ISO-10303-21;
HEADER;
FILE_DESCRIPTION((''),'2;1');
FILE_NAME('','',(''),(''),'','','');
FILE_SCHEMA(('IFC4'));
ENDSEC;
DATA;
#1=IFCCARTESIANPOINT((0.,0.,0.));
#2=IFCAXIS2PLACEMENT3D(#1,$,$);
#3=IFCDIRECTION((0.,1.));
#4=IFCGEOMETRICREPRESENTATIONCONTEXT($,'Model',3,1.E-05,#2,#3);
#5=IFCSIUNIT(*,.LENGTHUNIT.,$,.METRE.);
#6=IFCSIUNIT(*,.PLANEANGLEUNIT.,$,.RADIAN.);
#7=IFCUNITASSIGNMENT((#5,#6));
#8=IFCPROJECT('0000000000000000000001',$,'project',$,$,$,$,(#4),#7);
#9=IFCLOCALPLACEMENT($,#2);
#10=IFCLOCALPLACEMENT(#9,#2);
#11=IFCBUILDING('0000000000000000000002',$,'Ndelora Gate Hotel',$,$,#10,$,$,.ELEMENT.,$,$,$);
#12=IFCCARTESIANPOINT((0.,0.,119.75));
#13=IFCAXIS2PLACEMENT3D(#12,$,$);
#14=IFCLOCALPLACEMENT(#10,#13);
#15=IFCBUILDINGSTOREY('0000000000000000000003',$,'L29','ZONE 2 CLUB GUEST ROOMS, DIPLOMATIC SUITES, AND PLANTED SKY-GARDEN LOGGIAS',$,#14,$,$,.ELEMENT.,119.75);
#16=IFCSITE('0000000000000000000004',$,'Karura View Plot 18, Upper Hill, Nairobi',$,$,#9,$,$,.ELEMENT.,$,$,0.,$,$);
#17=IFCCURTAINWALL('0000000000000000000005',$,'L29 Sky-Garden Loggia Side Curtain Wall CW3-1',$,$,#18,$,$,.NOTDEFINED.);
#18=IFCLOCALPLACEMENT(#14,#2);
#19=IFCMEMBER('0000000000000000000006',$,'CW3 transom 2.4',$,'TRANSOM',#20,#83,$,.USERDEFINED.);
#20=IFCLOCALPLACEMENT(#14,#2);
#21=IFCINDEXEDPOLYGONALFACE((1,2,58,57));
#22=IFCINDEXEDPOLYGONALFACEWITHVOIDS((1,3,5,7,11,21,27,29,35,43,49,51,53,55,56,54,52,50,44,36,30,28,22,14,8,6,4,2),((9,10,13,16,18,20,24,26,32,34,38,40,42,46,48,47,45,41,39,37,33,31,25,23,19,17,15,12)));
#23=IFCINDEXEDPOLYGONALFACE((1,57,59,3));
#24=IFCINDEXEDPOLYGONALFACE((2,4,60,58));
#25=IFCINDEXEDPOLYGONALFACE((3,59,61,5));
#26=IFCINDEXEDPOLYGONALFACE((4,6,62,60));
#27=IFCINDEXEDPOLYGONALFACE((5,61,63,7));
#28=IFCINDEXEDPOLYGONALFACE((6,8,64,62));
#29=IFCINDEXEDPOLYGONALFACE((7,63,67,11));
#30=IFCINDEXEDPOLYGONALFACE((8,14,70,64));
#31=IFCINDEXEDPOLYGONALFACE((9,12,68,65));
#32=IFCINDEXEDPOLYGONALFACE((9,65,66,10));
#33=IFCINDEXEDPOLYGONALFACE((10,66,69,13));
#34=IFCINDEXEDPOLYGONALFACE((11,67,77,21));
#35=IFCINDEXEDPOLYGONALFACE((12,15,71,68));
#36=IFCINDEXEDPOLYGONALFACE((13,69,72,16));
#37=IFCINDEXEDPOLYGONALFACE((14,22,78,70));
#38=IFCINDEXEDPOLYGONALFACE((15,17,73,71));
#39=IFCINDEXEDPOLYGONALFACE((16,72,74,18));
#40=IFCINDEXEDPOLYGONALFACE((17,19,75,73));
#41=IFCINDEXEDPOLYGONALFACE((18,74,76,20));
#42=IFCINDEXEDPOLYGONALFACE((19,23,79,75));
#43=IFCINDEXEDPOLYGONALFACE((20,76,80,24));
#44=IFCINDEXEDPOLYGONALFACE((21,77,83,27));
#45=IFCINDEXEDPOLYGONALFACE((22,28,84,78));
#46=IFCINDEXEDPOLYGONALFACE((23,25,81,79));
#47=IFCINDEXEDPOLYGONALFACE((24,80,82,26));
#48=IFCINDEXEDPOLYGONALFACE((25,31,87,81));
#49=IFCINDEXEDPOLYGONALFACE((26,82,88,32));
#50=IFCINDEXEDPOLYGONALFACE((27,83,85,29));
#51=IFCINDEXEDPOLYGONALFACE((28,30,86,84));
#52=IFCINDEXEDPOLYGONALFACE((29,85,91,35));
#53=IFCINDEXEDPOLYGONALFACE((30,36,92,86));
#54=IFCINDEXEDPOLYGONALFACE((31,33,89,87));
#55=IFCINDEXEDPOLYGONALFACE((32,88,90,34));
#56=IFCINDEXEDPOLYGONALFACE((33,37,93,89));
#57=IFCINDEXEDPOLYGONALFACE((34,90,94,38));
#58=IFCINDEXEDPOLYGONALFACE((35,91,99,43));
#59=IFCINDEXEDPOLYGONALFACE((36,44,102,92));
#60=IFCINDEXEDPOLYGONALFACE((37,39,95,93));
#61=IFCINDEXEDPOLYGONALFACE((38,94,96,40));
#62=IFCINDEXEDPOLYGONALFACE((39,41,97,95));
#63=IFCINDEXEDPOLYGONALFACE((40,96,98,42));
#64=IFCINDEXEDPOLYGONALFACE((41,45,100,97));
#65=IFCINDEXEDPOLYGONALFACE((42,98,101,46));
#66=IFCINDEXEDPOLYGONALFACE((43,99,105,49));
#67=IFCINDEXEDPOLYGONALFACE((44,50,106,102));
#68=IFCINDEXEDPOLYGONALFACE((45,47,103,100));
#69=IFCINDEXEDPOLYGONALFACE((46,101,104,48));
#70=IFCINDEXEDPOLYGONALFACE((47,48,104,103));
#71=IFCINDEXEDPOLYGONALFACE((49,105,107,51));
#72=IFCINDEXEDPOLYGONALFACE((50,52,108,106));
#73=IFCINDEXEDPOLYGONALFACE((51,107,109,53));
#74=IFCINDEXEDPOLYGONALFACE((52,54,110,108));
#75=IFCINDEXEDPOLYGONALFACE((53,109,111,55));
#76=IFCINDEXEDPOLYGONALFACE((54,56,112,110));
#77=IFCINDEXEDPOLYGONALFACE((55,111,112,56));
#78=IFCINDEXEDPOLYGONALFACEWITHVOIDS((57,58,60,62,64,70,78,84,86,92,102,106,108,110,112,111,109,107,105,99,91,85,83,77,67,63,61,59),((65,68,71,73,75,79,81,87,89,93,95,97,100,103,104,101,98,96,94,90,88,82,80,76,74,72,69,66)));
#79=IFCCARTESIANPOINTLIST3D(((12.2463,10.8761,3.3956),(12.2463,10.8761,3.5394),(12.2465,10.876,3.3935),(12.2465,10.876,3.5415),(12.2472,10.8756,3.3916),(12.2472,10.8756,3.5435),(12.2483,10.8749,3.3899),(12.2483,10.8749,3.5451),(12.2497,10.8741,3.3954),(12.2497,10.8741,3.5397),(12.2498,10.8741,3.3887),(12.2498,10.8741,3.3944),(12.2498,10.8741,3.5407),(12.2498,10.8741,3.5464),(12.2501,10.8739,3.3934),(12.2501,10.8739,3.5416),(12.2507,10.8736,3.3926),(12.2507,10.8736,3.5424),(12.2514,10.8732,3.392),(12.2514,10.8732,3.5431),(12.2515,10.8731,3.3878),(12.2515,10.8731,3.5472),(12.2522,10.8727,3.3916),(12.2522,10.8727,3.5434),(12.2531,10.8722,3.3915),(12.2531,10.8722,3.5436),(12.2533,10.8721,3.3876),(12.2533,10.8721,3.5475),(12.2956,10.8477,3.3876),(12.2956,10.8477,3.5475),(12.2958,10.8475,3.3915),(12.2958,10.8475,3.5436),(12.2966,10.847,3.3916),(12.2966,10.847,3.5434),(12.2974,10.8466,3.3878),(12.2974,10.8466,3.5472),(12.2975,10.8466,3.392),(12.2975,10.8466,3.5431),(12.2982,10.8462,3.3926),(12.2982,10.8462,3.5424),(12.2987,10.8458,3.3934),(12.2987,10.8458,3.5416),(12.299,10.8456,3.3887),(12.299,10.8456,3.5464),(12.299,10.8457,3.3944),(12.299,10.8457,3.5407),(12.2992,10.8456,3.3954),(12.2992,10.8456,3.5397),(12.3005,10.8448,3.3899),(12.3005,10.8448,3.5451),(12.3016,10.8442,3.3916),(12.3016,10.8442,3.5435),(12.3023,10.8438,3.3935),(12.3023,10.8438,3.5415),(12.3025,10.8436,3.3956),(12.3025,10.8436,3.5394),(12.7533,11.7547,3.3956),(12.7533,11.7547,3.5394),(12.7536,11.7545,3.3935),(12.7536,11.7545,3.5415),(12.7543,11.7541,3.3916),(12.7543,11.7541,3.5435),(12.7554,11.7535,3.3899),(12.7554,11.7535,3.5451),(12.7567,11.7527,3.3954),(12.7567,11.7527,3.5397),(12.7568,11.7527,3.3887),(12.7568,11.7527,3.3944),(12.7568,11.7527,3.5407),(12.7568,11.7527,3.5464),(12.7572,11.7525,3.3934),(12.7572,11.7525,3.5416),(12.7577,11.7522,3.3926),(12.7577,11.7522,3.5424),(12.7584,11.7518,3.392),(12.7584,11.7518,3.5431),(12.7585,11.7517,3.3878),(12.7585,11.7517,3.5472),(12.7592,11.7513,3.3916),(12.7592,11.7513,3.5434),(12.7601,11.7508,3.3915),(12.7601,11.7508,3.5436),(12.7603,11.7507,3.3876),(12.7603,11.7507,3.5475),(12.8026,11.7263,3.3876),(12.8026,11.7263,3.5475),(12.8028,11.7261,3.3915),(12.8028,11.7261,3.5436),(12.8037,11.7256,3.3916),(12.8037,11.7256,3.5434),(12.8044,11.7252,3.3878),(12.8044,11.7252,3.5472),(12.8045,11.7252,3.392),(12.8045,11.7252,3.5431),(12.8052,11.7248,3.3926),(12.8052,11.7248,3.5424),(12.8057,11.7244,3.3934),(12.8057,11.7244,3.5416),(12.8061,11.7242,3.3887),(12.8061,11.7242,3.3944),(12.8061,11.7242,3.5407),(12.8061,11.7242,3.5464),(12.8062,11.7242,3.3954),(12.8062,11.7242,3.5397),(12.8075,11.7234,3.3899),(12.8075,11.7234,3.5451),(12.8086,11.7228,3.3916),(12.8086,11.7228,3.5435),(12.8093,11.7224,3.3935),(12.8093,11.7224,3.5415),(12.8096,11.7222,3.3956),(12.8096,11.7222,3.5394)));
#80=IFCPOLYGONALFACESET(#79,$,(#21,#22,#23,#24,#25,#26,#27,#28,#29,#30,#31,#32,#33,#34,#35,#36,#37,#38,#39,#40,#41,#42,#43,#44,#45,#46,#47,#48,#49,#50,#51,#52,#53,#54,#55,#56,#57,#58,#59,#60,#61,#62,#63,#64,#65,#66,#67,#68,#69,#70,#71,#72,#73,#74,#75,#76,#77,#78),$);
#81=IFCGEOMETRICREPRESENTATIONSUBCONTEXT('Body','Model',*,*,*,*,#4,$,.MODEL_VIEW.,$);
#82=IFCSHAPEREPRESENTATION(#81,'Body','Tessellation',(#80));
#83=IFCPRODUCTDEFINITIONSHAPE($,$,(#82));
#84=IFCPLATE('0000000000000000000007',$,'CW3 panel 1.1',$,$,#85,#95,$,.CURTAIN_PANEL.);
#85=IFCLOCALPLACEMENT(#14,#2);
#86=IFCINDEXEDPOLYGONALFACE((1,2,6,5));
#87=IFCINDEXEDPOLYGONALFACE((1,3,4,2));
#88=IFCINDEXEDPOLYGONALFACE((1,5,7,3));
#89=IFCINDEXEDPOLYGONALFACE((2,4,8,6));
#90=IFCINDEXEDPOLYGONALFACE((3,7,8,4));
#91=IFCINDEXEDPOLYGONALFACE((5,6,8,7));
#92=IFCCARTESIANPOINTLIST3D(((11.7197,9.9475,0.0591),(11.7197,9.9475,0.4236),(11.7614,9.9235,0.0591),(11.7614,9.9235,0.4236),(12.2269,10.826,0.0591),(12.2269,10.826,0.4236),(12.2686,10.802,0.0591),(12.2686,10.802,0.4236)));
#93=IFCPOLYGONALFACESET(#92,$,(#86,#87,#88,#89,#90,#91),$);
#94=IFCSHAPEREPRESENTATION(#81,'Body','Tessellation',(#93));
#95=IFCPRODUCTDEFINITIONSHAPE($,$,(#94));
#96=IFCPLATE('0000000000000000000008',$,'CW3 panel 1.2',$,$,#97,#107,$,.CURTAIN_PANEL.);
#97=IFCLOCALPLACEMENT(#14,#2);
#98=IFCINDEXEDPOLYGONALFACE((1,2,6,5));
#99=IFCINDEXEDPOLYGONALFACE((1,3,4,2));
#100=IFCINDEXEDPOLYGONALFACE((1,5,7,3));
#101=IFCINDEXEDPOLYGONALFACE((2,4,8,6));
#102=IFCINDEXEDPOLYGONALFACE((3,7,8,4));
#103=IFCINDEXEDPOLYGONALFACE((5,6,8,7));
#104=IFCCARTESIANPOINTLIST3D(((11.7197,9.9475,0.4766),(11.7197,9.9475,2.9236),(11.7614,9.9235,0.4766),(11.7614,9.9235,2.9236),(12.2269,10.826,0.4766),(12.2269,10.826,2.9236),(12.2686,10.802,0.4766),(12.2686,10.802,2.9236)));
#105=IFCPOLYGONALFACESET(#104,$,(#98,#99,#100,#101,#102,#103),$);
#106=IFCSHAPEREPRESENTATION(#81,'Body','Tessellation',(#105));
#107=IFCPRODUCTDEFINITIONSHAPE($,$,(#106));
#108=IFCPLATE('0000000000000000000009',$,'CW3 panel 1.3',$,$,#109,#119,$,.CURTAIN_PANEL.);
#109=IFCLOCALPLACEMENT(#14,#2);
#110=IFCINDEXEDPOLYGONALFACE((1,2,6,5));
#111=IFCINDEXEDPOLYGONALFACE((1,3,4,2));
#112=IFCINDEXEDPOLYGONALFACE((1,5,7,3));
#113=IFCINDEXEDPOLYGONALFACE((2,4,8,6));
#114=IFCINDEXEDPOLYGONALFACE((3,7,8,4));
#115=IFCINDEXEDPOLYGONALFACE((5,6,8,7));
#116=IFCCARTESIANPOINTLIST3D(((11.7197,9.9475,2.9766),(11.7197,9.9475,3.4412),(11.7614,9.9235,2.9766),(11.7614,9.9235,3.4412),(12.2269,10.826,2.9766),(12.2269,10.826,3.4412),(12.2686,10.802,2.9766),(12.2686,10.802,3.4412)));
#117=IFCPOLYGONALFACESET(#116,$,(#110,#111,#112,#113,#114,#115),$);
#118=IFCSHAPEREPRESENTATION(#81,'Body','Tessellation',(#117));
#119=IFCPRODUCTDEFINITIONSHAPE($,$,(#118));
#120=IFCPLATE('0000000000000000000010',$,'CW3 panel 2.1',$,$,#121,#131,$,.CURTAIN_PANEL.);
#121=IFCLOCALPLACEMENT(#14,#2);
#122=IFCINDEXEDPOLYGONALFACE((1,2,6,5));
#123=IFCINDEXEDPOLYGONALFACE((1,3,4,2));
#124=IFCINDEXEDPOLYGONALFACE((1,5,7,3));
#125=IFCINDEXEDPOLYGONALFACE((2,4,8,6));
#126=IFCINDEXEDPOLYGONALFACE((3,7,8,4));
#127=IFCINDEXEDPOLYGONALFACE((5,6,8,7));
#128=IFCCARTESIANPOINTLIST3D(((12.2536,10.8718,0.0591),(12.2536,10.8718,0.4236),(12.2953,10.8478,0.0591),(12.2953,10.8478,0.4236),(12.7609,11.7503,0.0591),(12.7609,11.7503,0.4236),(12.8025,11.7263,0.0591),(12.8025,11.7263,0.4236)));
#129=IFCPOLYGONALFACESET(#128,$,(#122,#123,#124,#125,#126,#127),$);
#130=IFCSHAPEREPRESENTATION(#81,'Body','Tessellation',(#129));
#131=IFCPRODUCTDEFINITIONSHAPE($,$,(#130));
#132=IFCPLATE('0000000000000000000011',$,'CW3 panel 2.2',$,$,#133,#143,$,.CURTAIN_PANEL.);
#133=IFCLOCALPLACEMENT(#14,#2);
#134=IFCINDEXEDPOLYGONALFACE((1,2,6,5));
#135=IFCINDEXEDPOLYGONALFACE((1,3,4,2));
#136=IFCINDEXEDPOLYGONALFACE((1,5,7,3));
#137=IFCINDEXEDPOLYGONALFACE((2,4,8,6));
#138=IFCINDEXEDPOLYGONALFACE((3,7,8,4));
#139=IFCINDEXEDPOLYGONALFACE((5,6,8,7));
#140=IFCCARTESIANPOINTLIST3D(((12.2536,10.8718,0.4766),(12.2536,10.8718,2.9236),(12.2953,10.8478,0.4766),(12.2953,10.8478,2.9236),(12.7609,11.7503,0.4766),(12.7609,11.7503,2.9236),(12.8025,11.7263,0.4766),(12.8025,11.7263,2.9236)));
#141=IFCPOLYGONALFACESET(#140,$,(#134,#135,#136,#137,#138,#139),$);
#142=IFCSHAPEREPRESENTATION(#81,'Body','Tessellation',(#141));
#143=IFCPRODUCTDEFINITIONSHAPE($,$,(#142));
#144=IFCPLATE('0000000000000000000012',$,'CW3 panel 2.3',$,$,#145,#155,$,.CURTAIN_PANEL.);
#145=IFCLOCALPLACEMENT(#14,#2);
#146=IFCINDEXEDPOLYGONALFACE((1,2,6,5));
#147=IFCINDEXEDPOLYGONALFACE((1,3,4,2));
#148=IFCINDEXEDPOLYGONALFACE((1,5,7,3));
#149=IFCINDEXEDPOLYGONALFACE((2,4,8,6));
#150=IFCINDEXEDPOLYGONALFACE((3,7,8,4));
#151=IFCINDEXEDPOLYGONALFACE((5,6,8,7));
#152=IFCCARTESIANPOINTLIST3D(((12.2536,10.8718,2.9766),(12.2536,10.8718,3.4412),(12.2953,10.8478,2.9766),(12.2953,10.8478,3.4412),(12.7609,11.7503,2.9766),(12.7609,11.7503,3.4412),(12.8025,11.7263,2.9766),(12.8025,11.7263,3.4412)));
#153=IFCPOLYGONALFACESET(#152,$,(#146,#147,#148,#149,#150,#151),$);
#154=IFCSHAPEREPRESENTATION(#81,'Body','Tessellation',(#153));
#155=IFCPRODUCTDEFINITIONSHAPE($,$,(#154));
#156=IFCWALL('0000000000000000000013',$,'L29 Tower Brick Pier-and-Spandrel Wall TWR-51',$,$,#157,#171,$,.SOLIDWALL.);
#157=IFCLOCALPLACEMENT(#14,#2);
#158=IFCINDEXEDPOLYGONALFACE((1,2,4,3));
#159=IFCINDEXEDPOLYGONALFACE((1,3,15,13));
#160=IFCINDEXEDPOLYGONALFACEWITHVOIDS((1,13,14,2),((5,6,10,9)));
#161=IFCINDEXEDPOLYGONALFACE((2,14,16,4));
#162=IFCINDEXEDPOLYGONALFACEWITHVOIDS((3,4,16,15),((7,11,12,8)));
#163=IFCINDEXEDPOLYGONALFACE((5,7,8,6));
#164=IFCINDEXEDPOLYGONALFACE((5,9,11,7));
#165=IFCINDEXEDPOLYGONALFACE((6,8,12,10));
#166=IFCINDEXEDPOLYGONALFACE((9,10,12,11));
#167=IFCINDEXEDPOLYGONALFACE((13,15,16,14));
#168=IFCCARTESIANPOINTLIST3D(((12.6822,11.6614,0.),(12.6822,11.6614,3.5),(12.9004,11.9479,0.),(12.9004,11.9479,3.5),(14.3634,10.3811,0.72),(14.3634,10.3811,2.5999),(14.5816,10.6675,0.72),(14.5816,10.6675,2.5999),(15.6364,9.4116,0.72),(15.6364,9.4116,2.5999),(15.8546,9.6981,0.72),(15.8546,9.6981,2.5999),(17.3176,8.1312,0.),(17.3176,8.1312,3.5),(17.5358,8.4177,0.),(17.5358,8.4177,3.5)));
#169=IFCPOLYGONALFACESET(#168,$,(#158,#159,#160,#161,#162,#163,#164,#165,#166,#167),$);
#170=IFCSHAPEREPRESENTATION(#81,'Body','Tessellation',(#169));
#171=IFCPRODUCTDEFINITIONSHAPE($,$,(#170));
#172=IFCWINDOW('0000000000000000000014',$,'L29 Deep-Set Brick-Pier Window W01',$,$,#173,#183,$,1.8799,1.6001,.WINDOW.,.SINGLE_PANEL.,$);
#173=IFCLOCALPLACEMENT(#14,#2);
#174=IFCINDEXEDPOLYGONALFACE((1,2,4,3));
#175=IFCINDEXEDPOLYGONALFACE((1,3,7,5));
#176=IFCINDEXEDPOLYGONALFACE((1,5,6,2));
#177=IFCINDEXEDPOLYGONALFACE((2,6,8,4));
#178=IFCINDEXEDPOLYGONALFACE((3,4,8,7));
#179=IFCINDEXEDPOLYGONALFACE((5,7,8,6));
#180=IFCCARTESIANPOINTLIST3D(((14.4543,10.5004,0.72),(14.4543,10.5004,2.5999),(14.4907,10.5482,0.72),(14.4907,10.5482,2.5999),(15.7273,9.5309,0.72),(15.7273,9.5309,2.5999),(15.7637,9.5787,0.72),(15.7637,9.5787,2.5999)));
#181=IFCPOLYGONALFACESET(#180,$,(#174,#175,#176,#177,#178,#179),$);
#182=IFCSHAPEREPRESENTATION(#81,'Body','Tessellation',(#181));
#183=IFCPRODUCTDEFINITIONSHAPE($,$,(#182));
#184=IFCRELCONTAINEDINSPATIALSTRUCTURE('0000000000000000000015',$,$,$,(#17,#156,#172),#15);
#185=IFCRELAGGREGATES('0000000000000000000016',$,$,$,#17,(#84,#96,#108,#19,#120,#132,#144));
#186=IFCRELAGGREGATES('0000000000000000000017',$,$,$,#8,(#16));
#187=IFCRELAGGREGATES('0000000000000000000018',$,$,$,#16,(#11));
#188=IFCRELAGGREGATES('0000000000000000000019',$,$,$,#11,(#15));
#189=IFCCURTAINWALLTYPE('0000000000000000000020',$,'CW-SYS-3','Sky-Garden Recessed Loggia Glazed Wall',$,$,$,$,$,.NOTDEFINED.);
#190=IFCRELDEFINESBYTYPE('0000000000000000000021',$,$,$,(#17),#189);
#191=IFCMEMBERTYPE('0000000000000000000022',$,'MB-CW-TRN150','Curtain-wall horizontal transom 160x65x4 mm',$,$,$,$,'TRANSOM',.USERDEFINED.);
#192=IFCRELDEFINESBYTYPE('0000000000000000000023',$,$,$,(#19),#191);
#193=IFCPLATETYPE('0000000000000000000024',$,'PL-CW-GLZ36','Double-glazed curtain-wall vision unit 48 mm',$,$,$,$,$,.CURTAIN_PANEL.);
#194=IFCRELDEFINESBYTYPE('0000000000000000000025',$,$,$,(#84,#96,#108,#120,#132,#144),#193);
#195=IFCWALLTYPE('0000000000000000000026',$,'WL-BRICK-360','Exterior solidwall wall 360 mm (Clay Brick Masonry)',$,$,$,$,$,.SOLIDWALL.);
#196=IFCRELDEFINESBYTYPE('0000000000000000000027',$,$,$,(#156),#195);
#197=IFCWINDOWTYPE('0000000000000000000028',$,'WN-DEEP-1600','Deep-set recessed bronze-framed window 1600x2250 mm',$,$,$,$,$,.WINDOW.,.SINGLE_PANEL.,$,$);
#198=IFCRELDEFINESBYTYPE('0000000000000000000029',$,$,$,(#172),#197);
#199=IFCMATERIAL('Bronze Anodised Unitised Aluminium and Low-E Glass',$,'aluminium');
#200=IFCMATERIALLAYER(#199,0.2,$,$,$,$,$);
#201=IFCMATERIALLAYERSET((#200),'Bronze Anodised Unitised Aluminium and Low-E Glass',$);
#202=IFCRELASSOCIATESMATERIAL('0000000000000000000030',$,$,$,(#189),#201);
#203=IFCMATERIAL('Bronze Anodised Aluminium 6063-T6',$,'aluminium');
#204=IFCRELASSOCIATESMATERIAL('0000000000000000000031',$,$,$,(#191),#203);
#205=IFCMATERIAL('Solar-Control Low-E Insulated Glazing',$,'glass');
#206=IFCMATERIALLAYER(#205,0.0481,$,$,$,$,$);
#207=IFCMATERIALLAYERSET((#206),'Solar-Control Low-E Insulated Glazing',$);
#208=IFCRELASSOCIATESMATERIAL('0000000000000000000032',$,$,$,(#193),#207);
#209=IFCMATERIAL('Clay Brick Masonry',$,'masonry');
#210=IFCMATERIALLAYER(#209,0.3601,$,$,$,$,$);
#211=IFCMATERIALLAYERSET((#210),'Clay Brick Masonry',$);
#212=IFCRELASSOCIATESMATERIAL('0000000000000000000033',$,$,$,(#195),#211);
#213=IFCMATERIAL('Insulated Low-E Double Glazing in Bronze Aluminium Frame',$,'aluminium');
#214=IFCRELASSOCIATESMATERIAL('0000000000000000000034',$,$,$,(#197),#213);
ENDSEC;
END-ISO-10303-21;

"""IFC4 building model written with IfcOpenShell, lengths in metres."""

from ifc_helpers import new_model, si_unit, direction, frame, frame_2d, origin, origin_2d, place, context, subcontext, project, spatial, rectangle, hollow_rectangle, extrude, material, layer, layer_set, material_profile, profile_set, type_object, element, fill, aggregate, save


model = new_model("IFC4")

# Units and contexts
model_context = context("Model", 3, precision=1e-05, world=origin(), true_north=direction((0.0, 1.0)))
body_context = subcontext(model_context, "Body", "Model", "MODEL_VIEW")
ifc_project = project(units=[si_unit("LENGTHUNIT", "METRE"), si_unit("PLANEANGLEUNIT", "RADIAN")], contexts=[model_context])

# Site, building, storey
site_placement = place(None, origin())
site = spatial("IfcSite", under=ifc_project, at=site_placement, Name="Karura View Plot 18, Upper Hill, Nairobi", CompositionType="ELEMENT", RefElevation=0.0)
building_placement = place(site_placement, origin())
building = spatial("IfcBuilding", under=site, at=building_placement, Name="Ndelora Gate Hotel", CompositionType="ELEMENT")
storey_placement = place(building_placement, frame((0.0, 0.0, 119.75)))
storey = spatial("IfcBuildingStorey", under=building, at=storey_placement, Name="L29", Description="ZONE 2 CLUB GUEST ROOMS, DIPLOMATIC SUITES, AND PLANTED SKY-GARDEN LOGGIAS", CompositionType="ELEMENT", Elevation=119.75)

# Curtain wall, member, plates
ifc_material_1 = material(Name="Bronze Anodised Unitised Aluminium and Low-E Glass", Category="aluminium")
ifc_layer_1 = layer(ifc_material_1, 0.2)
ifc_layer_set_1 = layer_set([ifc_layer_1], Name="Bronze Anodised Unitised Aluminium and Low-E Glass")
curtain_wall_type = type_object("IfcCurtainWallType", Name="CW-SYS-3", Description="Sky-Garden Recessed Loggia Glazed Wall", PredefinedType="NOTDEFINED", material=ifc_layer_set_1)
curtain_wall_placement = place(storey_placement, origin())
curtain_wall = element("IfcCurtainWall", 1, at=curtain_wall_placement, inside=storey, type_object=curtain_wall_type, Name="L29 Sky-Garden Loggia Side Curtain Wall CW3-1", PredefinedType="NOTDEFINED")
ifc_material_2 = material(Name="Bronze Anodised Aluminium 6063-T6", Category="aluminium")
ifc_material_profile_1 = material_profile(ifc_material_2, hollow_rectangle(XDim=0.0649, YDim=0.1599, WallThickness=0.0039, InnerFilletRadius=0.0039, OuterFilletRadius=0.0081, at=origin_2d()), Name="ALU 160x65x4")
ifc_profile_set_1 = profile_set([ifc_material_profile_1], Name="Bronze Anodised Aluminium 6063-T6")
member_type_1 = type_object("IfcMemberType", Name="MB-CW-TRN150", Description="Curtain-wall horizontal transom 160x65x4 mm", ElementType="TRANSOM", PredefinedType="USERDEFINED", material=ifc_profile_set_1)
member_1_placement = place(storey_placement, frame((12.2744, 10.8599, 3.4675), z_axis=(0.499841, 0.866117, 0.0), x_axis=(-0.866117, 0.499841, 0.0)))
member_1 = element("IfcMember", 2, at=member_1_placement, type_object=member_type_1, Name="CW3 transom 2.4", ObjectType="TRANSOM", PredefinedType="USERDEFINED", context=body_context, shape_type="SweptSolid", body=[
    extrude(hollow_rectangle(XDim=0.0649, YDim=0.1599, WallThickness=0.0039, InnerFilletRadius=0.0039, OuterFilletRadius=0.0081, at=origin_2d()), origin(), (0.0, 0.0, 1.0), 1.0144),
])
ifc_material_3 = material(Name="Solar-Control Low-E Insulated Glazing", Category="glass")
ifc_layer_2 = layer(ifc_material_3, 0.0481)
ifc_layer_set_2 = layer_set([ifc_layer_2], Name="Solar-Control Low-E Insulated Glazing")
plate_type = type_object("IfcPlateType", Name="PL-CW-GLZ36", Description="Double-glazed curtain-wall vision unit 48 mm", PredefinedType="CURTAIN_PANEL", material=ifc_layer_set_2)
plate_1_placement = place(storey_placement, frame((11.9941, 10.3748, 0.0591), z_axis=(0.0, 0.0, 1.0), x_axis=(0.500011, 0.866019, 0.0)))
plate_1 = element("IfcPlate", 3, at=plate_1_placement, type_object=plate_type, Name="CW3 panel 1.1", PredefinedType="CURTAIN_PANEL", context=body_context, shape_type="SweptSolid", body=[
    extrude(rectangle(XDim=1.0144, YDim=0.0481, at=origin_2d()), origin(), (0.0, 0.0, 1.0), 0.3645),
])
plate_2_placement = place(storey_placement, frame((11.9941, 10.3748, 0.4766), z_axis=(0.0, 0.0, 1.0), x_axis=(0.500011, 0.866019, 0.0)))
plate_2 = element("IfcPlate", 4, at=plate_2_placement, type_object=plate_type, Name="CW3 panel 1.2", PredefinedType="CURTAIN_PANEL", context=body_context, shape_type="SweptSolid", body=[
    extrude(rectangle(XDim=1.0144, YDim=0.0481, at=origin_2d()), origin(), (0.0, 0.0, 1.0), 2.447),
])
plate_3_placement = place(storey_placement, frame((11.9941, 10.3748, 2.9766), z_axis=(0.0, 0.0, 1.0), x_axis=(0.500011, 0.866019, 0.0)))
plate_3 = element("IfcPlate", 5, at=plate_3_placement, type_object=plate_type, Name="CW3 panel 1.3", PredefinedType="CURTAIN_PANEL", context=body_context, shape_type="SweptSolid", body=[
    extrude(rectangle(XDim=1.0144, YDim=0.0481, at=origin_2d()), origin(), (0.0, 0.0, 1.0), 0.4646),
])
plate_4_placement = place(storey_placement, frame((12.5281, 11.2991, 0.0591), z_axis=(0.0, 0.0, 1.0), x_axis=(0.500011, 0.866019, 0.0)))
plate_4 = element("IfcPlate", 6, at=plate_4_placement, type_object=plate_type, Name="CW3 panel 2.1", PredefinedType="CURTAIN_PANEL", context=body_context, shape_type="SweptSolid", body=[
    extrude(rectangle(XDim=1.0144, YDim=0.0481, at=origin_2d()), origin(), (0.0, 0.0, 1.0), 0.3645),
])
plate_5_placement = place(storey_placement, frame((12.5281, 11.2991, 0.4766), z_axis=(0.0, 0.0, 1.0), x_axis=(0.500011, 0.866019, 0.0)))
plate_5 = element("IfcPlate", 7, at=plate_5_placement, type_object=plate_type, Name="CW3 panel 2.2", PredefinedType="CURTAIN_PANEL", context=body_context, shape_type="SweptSolid", body=[
    extrude(rectangle(XDim=1.0144, YDim=0.0481, at=origin_2d()), origin(), (0.0, 0.0, 1.0), 2.447),
])
plate_6_placement = place(storey_placement, frame((12.5281, 11.2991, 2.9766), z_axis=(0.0, 0.0, 1.0), x_axis=(0.500011, 0.866019, 0.0)))
plate_6 = element("IfcPlate", 8, at=plate_6_placement, type_object=plate_type, Name="CW3 panel 2.3", PredefinedType="CURTAIN_PANEL", context=body_context, shape_type="SweptSolid", body=[
    extrude(rectangle(XDim=1.0144, YDim=0.0481, at=origin_2d()), origin(), (0.0, 0.0, 1.0), 0.4646),
])
aggregate(curtain_wall, [plate_1, plate_2, plate_3, member_1, plate_4, plate_5, plate_6])

# Wall, opening, window
ifc_material_4 = material(Name="Clay Brick Masonry", Category="masonry")
ifc_layer_3 = layer(ifc_material_4, 0.3601)
ifc_layer_set_3 = layer_set([ifc_layer_3], Name="Clay Brick Masonry")
wall_type_1 = type_object("IfcWallType", Name="WL-BRICK-360", Description="Exterior solidwall wall 360 mm (Clay Brick Masonry)", PredefinedType="SOLIDWALL", material=ifc_layer_set_3)
wall_1_placement = place(storey_placement, frame((12.7913, 11.8047, 0.0), z_axis=(0.0, 0.0, 1.0), x_axis=(0.795559, -0.605877, 0.0)))
wall_1 = element("IfcWall", 9, at=wall_1_placement, inside=storey, type_object=wall_type_1, Name="L29 Tower Brick Pier-and-Spandrel Wall TWR-51", PredefinedType="SOLIDWALL", context=body_context, shape_type="SweptSolid", body=[
    extrude(rectangle(XDim=5.8267, YDim=0.3601, at=frame_2d((2.9133, 0.0))), origin(), (0.0, 0.0, 1.0), 3.5),
])
opening_1_placement = place(wall_1_placement, frame((2.1133, 0.0, 0.72)))
opening_1 = element("IfcOpeningElement", 10, at=opening_1_placement, cuts=wall_1, PredefinedType="OPENING", context=body_context, shape_type="SweptSolid", body=[
    extrude(rectangle(XDim=1.6001, YDim=1.8799, at=frame_2d((0.8, 0.9399))), frame((0.0, 0.1899, 0.0), z_axis=(0.0, -1.0, 0.0), x_axis=(1.0, 0.0, 0.0)), (0.0, 0.0, 1.0), 0.3801),
])
ifc_material_5 = material(Name="Insulated Low-E Double Glazing in Bronze Aluminium Frame", Category="aluminium")
window_type = type_object("IfcWindowType", Name="WN-DEEP-1600", Description="Deep-set recessed bronze-framed window 1600x2250 mm", PartitioningType="SINGLE_PANEL", PredefinedType="WINDOW", material=ifc_material_5)
window_placement = place(opening_1_placement, origin())
window = element("IfcWindow", 11, at=window_placement, inside=storey, type_object=window_type, Name="L29 Deep-Set Brick-Pier Window W01", OverallHeight=1.8799, OverallWidth=1.6001, PartitioningType="SINGLE_PANEL", PredefinedType="WINDOW", context=body_context, shape_type="SweptSolid", body=[
    extrude(rectangle(XDim=1.6001, YDim=1.8799, at=frame_2d((0.8, 0.9399))), frame((0.0, 0.03, 0.0), z_axis=(0.0, -1.0, 0.0), x_axis=(1.0, 0.0, 0.0)), (0.0, 0.0, 1.0), 0.0601),
])
fill(opening_1, window)

save(model, "model.ifc")
